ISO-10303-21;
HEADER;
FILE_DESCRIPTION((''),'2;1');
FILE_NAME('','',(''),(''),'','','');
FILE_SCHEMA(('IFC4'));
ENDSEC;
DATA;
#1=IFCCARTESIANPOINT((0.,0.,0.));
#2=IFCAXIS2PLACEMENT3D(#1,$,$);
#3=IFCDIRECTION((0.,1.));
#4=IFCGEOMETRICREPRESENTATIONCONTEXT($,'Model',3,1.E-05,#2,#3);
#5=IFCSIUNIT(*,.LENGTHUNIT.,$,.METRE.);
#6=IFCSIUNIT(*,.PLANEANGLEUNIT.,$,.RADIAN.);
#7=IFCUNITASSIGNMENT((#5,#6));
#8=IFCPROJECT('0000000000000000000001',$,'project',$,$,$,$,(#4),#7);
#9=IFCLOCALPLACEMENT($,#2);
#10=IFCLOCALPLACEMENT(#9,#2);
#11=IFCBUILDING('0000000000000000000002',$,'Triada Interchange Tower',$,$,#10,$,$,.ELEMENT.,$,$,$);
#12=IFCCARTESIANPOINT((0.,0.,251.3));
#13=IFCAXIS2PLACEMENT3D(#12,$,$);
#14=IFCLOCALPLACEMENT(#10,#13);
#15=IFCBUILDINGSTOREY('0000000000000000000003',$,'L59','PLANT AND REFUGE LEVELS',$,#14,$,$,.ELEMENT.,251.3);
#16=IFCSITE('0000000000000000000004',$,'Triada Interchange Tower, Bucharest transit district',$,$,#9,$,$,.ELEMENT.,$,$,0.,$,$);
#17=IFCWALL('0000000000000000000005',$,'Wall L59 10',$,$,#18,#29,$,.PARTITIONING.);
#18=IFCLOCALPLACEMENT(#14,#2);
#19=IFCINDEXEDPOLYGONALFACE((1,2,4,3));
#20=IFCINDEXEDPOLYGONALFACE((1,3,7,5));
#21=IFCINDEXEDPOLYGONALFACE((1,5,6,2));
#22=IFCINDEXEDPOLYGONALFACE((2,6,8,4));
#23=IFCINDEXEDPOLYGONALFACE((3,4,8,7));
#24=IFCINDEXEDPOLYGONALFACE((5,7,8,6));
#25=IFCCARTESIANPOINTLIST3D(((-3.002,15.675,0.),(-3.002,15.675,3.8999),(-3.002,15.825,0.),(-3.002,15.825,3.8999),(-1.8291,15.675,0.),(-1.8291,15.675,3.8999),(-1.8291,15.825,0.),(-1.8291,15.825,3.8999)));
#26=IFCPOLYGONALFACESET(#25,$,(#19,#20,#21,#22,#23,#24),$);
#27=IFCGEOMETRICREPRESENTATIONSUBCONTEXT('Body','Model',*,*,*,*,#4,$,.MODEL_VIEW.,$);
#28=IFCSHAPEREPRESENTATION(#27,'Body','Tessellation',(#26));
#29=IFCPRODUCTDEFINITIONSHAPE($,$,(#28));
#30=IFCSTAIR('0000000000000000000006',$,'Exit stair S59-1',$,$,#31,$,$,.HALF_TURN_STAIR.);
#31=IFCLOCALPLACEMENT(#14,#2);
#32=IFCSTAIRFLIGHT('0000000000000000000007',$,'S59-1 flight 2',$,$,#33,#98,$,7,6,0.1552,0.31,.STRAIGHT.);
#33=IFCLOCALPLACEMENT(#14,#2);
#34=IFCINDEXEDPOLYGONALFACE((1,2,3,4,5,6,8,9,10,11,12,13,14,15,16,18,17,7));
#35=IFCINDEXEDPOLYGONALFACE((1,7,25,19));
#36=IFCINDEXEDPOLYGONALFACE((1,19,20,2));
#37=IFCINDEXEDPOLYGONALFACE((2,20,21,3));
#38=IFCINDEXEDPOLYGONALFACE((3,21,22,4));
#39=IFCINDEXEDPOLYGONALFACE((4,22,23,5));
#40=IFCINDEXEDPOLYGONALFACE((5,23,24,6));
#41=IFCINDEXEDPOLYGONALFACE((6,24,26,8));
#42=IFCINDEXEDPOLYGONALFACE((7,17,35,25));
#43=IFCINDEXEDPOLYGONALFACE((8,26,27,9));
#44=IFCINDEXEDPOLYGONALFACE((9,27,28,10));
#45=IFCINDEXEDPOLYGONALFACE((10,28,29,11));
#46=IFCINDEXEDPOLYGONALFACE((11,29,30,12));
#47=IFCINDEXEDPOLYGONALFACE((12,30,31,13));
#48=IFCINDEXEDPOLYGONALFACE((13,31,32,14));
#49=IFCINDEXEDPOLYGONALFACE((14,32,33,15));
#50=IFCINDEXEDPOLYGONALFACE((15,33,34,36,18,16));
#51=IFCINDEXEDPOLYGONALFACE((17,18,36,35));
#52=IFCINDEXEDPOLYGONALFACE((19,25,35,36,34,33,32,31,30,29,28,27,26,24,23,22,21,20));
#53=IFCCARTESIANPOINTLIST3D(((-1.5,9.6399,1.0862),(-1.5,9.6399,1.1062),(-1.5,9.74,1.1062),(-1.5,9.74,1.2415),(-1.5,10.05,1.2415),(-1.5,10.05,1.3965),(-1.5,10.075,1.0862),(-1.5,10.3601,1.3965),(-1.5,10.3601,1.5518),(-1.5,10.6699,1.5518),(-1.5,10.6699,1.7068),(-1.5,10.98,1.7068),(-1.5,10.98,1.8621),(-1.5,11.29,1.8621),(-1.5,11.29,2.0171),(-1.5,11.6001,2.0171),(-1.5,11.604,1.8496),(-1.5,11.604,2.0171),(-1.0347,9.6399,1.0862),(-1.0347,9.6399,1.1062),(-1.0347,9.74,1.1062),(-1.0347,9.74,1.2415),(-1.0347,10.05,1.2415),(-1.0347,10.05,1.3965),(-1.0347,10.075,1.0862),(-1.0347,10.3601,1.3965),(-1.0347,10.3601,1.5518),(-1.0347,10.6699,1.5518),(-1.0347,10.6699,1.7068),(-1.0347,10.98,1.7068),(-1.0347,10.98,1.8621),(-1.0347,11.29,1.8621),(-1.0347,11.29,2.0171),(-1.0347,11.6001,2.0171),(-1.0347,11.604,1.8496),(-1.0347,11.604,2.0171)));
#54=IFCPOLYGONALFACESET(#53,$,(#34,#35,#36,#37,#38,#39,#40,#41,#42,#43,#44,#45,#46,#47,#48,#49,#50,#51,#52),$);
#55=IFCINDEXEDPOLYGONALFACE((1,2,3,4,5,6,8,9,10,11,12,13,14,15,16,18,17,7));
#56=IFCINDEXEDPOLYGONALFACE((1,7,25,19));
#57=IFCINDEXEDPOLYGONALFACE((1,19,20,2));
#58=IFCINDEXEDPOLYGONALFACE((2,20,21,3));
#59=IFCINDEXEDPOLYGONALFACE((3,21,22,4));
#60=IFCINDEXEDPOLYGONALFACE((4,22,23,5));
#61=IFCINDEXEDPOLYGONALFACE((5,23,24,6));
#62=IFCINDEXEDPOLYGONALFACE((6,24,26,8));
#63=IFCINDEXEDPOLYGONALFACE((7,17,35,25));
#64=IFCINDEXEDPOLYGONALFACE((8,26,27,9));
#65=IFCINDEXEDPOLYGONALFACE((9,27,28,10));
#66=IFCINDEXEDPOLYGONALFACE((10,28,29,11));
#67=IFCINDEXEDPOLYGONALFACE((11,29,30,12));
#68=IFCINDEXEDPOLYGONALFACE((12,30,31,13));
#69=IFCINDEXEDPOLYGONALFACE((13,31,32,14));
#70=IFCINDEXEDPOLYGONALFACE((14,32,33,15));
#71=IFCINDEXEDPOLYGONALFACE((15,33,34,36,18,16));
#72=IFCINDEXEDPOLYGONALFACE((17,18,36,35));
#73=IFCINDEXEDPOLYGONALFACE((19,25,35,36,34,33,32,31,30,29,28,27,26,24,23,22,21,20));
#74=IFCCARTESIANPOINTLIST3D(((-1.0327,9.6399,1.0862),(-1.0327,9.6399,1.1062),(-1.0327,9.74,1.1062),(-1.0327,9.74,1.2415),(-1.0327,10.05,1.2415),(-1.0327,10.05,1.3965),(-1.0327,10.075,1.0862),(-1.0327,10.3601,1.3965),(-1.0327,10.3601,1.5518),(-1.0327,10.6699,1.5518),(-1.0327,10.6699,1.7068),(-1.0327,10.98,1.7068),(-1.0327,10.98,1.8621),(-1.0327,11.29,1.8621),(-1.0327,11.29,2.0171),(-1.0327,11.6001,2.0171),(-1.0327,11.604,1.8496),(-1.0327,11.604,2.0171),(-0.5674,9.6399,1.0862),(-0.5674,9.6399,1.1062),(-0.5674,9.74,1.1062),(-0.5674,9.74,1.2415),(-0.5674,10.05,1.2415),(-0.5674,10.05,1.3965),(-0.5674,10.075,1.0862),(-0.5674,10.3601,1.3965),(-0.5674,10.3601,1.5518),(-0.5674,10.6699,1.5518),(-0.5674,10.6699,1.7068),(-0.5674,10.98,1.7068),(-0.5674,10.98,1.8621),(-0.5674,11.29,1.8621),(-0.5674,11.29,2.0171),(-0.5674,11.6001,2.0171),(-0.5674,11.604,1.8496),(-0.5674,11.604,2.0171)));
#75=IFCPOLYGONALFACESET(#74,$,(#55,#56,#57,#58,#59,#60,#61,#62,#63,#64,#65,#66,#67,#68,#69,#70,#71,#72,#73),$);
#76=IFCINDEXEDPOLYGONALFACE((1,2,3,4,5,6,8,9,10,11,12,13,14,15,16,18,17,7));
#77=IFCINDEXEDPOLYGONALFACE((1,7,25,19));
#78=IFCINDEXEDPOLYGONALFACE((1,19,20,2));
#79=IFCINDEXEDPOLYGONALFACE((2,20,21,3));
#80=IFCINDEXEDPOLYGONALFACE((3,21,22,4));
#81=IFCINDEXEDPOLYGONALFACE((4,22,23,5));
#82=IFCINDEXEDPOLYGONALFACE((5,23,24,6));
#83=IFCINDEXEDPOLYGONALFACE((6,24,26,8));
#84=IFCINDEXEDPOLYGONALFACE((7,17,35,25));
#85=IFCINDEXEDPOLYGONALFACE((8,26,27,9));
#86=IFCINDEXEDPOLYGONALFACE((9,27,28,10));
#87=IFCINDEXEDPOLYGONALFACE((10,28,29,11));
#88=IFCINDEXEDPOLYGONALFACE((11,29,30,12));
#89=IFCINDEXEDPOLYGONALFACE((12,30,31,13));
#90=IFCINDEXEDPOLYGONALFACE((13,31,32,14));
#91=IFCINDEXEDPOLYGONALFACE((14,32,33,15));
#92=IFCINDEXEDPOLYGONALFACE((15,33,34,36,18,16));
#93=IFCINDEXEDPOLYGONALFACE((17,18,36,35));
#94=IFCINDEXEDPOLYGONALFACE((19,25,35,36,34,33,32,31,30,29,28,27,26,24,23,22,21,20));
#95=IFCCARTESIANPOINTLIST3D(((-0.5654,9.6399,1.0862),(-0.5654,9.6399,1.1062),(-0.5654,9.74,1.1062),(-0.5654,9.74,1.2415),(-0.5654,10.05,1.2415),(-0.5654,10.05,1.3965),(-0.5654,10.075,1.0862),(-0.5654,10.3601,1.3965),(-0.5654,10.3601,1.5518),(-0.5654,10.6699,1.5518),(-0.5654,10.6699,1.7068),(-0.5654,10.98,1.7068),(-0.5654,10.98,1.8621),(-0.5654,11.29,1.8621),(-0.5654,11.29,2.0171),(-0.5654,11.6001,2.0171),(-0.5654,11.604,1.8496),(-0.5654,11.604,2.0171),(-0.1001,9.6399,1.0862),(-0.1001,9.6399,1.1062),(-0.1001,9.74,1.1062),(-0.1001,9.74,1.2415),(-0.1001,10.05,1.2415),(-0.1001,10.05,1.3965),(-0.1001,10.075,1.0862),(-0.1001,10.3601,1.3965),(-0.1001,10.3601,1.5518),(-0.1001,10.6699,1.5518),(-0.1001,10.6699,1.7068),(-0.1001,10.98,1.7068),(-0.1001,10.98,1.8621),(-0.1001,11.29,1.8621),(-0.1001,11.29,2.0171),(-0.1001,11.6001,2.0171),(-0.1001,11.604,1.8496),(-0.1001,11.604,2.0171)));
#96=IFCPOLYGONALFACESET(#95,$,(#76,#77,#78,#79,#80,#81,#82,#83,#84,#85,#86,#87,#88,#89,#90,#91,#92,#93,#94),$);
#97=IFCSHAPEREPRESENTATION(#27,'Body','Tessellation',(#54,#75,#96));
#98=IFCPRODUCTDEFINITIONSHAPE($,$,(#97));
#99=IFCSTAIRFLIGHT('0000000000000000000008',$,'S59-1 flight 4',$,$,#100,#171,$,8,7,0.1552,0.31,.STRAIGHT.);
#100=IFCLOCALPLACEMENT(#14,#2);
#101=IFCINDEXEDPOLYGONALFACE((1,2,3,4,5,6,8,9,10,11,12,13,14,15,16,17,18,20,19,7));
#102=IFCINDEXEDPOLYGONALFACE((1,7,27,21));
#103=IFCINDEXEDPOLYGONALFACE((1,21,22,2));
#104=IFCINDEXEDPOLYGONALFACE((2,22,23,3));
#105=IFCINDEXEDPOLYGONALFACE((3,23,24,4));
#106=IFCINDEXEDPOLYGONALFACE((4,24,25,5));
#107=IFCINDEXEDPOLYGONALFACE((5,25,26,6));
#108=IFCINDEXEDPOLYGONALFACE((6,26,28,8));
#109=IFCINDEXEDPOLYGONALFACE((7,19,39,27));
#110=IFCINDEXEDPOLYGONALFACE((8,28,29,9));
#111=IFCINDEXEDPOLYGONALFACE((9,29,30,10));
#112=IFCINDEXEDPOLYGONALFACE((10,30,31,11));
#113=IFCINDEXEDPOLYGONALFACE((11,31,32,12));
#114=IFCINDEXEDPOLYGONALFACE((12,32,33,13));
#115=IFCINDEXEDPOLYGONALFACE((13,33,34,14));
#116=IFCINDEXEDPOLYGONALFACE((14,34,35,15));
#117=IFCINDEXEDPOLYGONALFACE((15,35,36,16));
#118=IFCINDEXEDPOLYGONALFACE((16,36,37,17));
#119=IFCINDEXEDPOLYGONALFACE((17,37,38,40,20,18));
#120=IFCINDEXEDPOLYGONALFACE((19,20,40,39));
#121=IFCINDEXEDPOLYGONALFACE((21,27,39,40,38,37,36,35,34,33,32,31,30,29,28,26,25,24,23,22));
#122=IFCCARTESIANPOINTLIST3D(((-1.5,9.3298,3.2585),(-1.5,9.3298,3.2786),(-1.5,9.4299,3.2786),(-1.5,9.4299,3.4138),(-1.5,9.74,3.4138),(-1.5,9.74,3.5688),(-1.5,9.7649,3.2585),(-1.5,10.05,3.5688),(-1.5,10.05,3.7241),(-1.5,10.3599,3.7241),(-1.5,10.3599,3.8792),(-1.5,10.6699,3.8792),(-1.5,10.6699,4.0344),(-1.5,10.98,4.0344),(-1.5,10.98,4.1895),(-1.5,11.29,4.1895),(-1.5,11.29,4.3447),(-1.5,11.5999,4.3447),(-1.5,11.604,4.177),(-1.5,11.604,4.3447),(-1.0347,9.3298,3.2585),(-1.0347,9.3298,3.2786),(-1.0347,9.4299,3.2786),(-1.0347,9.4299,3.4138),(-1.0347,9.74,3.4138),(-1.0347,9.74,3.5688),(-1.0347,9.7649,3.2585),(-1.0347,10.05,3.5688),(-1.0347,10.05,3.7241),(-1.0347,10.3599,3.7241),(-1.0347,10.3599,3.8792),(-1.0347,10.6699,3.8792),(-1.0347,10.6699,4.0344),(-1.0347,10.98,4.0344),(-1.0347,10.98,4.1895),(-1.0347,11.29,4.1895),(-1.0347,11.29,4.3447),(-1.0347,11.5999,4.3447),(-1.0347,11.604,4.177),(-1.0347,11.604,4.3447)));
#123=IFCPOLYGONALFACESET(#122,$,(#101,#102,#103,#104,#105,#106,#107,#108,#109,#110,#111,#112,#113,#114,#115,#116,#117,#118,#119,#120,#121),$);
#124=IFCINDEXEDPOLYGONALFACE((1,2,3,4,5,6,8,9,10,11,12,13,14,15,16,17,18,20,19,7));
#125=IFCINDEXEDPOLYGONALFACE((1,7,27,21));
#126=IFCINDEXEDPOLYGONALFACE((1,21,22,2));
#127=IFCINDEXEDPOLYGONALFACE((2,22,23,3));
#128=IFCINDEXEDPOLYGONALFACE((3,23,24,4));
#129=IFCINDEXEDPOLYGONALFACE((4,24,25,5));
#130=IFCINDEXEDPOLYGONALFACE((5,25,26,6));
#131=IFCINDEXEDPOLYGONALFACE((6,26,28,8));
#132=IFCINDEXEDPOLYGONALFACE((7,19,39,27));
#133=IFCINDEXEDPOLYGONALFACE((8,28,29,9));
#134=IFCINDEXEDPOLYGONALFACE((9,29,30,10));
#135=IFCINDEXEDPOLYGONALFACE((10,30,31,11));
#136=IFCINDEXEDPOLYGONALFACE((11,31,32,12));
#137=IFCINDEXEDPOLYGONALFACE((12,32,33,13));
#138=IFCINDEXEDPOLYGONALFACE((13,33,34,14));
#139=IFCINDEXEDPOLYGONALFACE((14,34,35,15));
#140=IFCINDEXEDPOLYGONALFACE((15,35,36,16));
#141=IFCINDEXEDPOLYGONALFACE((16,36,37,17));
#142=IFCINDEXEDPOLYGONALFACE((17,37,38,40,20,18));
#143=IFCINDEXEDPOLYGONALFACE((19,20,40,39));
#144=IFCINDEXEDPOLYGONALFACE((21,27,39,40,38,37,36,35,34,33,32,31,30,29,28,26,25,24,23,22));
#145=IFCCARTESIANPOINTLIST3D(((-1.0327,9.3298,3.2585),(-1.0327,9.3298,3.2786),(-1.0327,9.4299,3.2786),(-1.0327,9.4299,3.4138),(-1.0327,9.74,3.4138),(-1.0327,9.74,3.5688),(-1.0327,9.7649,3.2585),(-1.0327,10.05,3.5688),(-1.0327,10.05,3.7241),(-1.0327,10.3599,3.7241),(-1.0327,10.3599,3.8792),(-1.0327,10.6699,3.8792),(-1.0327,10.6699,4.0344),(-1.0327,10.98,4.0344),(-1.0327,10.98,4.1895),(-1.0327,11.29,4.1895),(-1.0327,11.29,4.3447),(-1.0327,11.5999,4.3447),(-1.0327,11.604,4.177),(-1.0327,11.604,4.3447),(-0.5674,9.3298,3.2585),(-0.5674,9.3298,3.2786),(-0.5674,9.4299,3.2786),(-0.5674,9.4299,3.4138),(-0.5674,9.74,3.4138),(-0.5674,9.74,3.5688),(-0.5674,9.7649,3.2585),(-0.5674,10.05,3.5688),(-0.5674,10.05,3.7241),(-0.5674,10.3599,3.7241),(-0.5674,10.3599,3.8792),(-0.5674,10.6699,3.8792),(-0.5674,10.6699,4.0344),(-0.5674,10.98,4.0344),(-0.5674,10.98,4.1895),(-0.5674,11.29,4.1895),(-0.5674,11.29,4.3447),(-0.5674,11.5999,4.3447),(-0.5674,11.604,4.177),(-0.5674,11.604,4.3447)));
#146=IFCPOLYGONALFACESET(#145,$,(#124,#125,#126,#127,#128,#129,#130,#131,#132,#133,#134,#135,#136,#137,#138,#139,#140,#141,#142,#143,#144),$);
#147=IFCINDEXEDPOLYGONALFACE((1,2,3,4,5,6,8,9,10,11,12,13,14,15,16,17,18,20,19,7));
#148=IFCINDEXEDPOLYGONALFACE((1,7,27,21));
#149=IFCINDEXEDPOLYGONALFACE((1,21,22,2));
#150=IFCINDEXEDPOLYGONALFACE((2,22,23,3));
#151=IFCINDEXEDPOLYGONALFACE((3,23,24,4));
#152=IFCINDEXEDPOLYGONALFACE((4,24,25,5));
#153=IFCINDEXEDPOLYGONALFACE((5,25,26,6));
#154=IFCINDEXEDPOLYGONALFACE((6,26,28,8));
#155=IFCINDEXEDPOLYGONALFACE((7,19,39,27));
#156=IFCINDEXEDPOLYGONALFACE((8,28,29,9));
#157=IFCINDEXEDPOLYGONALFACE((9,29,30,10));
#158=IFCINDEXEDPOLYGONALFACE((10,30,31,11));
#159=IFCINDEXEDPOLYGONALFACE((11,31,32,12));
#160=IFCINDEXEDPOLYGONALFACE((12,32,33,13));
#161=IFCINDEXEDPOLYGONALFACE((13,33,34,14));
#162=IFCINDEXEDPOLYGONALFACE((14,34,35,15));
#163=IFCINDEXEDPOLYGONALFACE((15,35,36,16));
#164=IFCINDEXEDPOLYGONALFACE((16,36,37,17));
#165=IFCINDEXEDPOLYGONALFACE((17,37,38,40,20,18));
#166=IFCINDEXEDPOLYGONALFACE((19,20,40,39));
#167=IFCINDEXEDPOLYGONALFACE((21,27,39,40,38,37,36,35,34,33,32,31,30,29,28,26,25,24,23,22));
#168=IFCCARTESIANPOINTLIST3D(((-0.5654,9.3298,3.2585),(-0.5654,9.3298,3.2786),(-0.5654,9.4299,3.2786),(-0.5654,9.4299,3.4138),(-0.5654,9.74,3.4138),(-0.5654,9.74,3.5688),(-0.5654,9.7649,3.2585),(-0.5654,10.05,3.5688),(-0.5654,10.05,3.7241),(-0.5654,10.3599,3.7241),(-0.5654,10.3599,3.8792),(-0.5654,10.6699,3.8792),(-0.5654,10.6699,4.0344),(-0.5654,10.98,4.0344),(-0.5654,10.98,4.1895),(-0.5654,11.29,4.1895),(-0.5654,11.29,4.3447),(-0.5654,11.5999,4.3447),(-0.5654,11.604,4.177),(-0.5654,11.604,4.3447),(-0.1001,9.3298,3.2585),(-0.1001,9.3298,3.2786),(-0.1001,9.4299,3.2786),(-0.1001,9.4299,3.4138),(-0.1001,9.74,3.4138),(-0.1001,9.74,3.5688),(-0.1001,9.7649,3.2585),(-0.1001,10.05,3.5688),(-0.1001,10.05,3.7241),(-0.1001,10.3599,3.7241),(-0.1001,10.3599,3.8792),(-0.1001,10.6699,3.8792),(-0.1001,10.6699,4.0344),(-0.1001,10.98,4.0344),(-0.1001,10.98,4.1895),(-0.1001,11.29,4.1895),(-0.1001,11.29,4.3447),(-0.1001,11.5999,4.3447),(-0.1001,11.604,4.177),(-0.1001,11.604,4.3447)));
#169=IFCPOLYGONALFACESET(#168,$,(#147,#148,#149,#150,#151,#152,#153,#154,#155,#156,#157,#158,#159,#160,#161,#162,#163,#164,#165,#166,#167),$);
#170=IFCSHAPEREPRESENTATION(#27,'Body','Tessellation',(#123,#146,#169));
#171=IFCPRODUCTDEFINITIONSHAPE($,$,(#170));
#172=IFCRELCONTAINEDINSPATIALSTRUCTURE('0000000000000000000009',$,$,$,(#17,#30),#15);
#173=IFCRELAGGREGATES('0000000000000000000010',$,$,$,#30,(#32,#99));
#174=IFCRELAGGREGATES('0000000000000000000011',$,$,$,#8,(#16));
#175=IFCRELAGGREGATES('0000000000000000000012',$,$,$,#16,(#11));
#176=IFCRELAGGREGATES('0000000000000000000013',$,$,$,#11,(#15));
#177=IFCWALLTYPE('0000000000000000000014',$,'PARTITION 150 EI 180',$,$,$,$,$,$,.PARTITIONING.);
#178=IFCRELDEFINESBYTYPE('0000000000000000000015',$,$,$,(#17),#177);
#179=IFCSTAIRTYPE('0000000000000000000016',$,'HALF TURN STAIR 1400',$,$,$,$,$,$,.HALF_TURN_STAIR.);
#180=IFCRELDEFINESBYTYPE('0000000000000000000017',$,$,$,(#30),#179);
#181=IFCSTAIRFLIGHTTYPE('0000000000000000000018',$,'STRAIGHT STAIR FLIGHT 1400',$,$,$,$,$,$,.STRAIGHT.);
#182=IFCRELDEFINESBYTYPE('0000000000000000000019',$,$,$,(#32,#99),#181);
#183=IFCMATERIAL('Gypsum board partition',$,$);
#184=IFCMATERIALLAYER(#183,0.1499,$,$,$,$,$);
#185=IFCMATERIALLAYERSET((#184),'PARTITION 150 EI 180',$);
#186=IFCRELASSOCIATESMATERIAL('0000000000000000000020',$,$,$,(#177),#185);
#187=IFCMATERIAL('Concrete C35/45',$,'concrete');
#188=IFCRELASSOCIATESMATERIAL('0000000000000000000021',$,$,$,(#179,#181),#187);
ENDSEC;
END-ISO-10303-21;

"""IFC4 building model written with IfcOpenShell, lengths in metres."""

from ifc_helpers import new_model, si_unit, direction, frame, frame_2d, origin, place, context, subcontext, project, spatial, polyline, rectangle, outline, extrude, material, layer, layer_set, type_object, element, aggregate, save


model = new_model("IFC4")

# Units and contexts
model_context = context("Model", 3, precision=1e-05, world=origin(), true_north=direction((0.0, 1.0)))
body_context = subcontext(model_context, "Body", "Model", "MODEL_VIEW")
ifc_project = project(units=[si_unit("LENGTHUNIT", "METRE"), si_unit("PLANEANGLEUNIT", "RADIAN")], contexts=[model_context])

# Site, building, storey
site_placement = place(None, origin())
site = spatial("IfcSite", under=ifc_project, at=site_placement, Name="Triada Interchange Tower, Bucharest transit district", CompositionType="ELEMENT", RefElevation=0.0)
building_placement = place(site_placement, origin())
building = spatial("IfcBuilding", under=site, at=building_placement, Name="Triada Interchange Tower", CompositionType="ELEMENT")
storey_placement = place(building_placement, frame((0.0, 0.0, 251.3)))
storey = spatial("IfcBuildingStorey", under=building, at=storey_placement, Name="L59", Description="PLANT AND REFUGE LEVELS", CompositionType="ELEMENT", Elevation=251.3)

# Wall
ifc_material_1 = material(Name="Gypsum board partition")
ifc_layer_1 = layer(ifc_material_1, 0.1499)
ifc_layer_set_1 = layer_set([ifc_layer_1], Name="PARTITION 150 EI 180")
wall_type_1 = type_object("IfcWallType", Name="PARTITION 150 EI 180", PredefinedType="PARTITIONING", material=ifc_layer_set_1)
wall_1_placement = place(storey_placement, frame((-3.002, 15.75, 0.0), z_axis=(0.0, 0.0, 1.0), x_axis=(1.0, 0.0, 0.0)))
element("IfcWall", 1, at=wall_1_placement, inside=storey, type_object=wall_type_1, Name="Wall L59 10", PredefinedType="PARTITIONING", context=body_context, shape_type="SweptSolid", body=[
    extrude(rectangle(XDim=1.1729, YDim=0.1499, at=frame_2d((0.5864, 0.0))), origin(), (0.0, 0.0, 1.0), 3.8999),
])

# Stair, stair flights
ifc_material_2 = material(Name="Concrete C35/45", Category="concrete")
stair_type = type_object("IfcStairType", Name="HALF TURN STAIR 1400", PredefinedType="HALF_TURN_STAIR", material=ifc_material_2)
stair_placement = place(storey_placement, origin())
stair = element("IfcStair", 2, at=stair_placement, inside=storey, type_object=stair_type, Name="Exit stair S59-1", PredefinedType="HALF_TURN_STAIR")
stair_flight_type = type_object("IfcStairFlightType", Name="STRAIGHT STAIR FLIGHT 1400", PredefinedType="STRAIGHT", material=ifc_material_2)
stair_flight_1_placement = place(storey_placement, frame((-0.8, 9.74, 1.0862), z_axis=(0.0, 0.0, 1.0), x_axis=(0.0, 1.0, 0.0)))
stair_flight_1 = element("IfcStairFlight", 3, at=stair_flight_1_placement, type_object=stair_flight_type, Name="S59-1 flight 2", NumberOfRisers=7, NumberOfTreads=6, PredefinedType="STRAIGHT", RiserHeight=0.1552, TreadLength=0.31, context=body_context, shape_type="SweptSolid", body=[
    extrude(outline(polyline([(-0.1001, 0.0), (-0.1001, 0.02), (0.0, 0.02), (0.0, 0.1553), (0.3101, 0.1553), (0.3101, 0.3103), (0.6201, 0.3103), (0.6201, 0.4656), (0.9299, 0.4656), (0.9299, 0.6206), (1.24, 0.6206), (1.24, 0.7759), (1.55, 0.7759), (1.55, 0.9309), (1.8601, 0.9309), (1.864, 0.9309), (1.864, 1.0862), (1.864, 0.7634), (0.335, 0.0), (-0.1001, 0.0)])), frame((0.0, 0.7, 0.0), z_axis=(0.0, -1.0, 0.0), x_axis=(1.0, 0.0, 0.0)), (0.0, 0.0, 1.0), 0.4653),
    extrude(outline(polyline([(-0.1001, 0.0), (-0.1001, 0.02), (0.0, 0.02), (0.0, 0.1553), (0.3101, 0.1553), (0.3101, 0.3103), (0.6201, 0.3103), (0.6201, 0.4656), (0.9299, 0.4656), (0.9299, 0.6206), (1.24, 0.6206), (1.24, 0.7759), (1.55, 0.7759), (1.55, 0.9309), (1.8601, 0.9309), (1.864, 0.9309), (1.864, 1.0862), (1.864, 0.7634), (0.335, 0.0), (-0.1001, 0.0)])), frame((0.0, 0.2327, 0.0), z_axis=(0.0, -1.0, 0.0), x_axis=(1.0, 0.0, 0.0)), (0.0, 0.0, 1.0), 0.4653),
    extrude(outline(polyline([(-0.1001, 0.0), (-0.1001, 0.02), (0.0, 0.02), (0.0, 0.1553), (0.3101, 0.1553), (0.3101, 0.3103), (0.6201, 0.3103), (0.6201, 0.4656), (0.9299, 0.4656), (0.9299, 0.6206), (1.24, 0.6206), (1.24, 0.7759), (1.55, 0.7759), (1.55, 0.9309), (1.8601, 0.9309), (1.864, 0.9309), (1.864, 1.0862), (1.864, 0.7634), (0.335, 0.0), (-0.1001, 0.0)])), frame((0.0, -0.2346, 0.0), z_axis=(0.0, -1.0, 0.0), x_axis=(1.0, 0.0, 0.0)), (0.0, 0.0, 1.0), 0.4653),
])
stair_flight_2_placement = place(storey_placement, frame((-0.8, 9.4299, 3.2585), z_axis=(0.0, 0.0, 1.0), x_axis=(0.0, 1.0, 0.0)))
stair_flight_2 = element("IfcStairFlight", 4, at=stair_flight_2_placement, type_object=stair_flight_type, Name="S59-1 flight 4", NumberOfRisers=8, NumberOfTreads=7, PredefinedType="STRAIGHT", RiserHeight=0.1552, TreadLength=0.31, context=body_context, shape_type="SweptSolid", body=[
    extrude(outline(polyline([(-0.1001, 0.0), (-0.1001, 0.02), (0.0, 0.02), (0.0, 0.1553), (0.3101, 0.1553), (0.3101, 0.3103), (0.6201, 0.3103), (0.6201, 0.4656), (0.9299, 0.4656), (0.9299, 0.6206), (1.24, 0.6206), (1.24, 0.7759), (1.55, 0.7759), (1.55, 0.9309), (1.8601, 0.9309), (1.8601, 1.0862), (2.1699, 1.0862), (2.1741, 1.0862), (2.1741, 1.2415), (2.1741, 0.9185), (0.335, 0.0), (-0.1001, 0.0)])), frame((0.0, 0.7, 0.0), z_axis=(0.0, -1.0, 0.0), x_axis=(1.0, 0.0, 0.0)), (0.0, 0.0, 1.0), 0.4653),
    extrude(outline(polyline([(-0.1001, 0.0), (-0.1001, 0.02), (0.0, 0.02), (0.0, 0.1553), (0.3101, 0.1553), (0.3101, 0.3103), (0.6201, 0.3103), (0.6201, 0.4656), (0.9299, 0.4656), (0.9299, 0.6206), (1.24, 0.6206), (1.24, 0.7759), (1.55, 0.7759), (1.55, 0.9309), (1.8601, 0.9309), (1.8601, 1.0862), (2.1699, 1.0862), (2.1741, 1.0862), (2.1741, 1.2415), (2.1741, 0.9185), (0.335, 0.0), (-0.1001, 0.0)])), frame((0.0, 0.2327, 0.0), z_axis=(0.0, -1.0, 0.0), x_axis=(1.0, 0.0, 0.0)), (0.0, 0.0, 1.0), 0.4653),
    extrude(outline(polyline([(-0.1001, 0.0), (-0.1001, 0.02), (0.0, 0.02), (0.0, 0.1553), (0.3101, 0.1553), (0.3101, 0.3103), (0.6201, 0.3103), (0.6201, 0.4656), (0.9299, 0.4656), (0.9299, 0.6206), (1.24, 0.6206), (1.24, 0.7759), (1.55, 0.7759), (1.55, 0.9309), (1.8601, 0.9309), (1.8601, 1.0862), (2.1699, 1.0862), (2.1741, 1.0862), (2.1741, 1.2415), (2.1741, 0.9185), (0.335, 0.0), (-0.1001, 0.0)])), frame((0.0, -0.2346, 0.0), z_axis=(0.0, -1.0, 0.0), x_axis=(1.0, 0.0, 0.0)), (0.0, 0.0, 1.0), 0.4653),
])

aggregate(stair, [stair_flight_1, stair_flight_2])

save(model, "model.ifc")
